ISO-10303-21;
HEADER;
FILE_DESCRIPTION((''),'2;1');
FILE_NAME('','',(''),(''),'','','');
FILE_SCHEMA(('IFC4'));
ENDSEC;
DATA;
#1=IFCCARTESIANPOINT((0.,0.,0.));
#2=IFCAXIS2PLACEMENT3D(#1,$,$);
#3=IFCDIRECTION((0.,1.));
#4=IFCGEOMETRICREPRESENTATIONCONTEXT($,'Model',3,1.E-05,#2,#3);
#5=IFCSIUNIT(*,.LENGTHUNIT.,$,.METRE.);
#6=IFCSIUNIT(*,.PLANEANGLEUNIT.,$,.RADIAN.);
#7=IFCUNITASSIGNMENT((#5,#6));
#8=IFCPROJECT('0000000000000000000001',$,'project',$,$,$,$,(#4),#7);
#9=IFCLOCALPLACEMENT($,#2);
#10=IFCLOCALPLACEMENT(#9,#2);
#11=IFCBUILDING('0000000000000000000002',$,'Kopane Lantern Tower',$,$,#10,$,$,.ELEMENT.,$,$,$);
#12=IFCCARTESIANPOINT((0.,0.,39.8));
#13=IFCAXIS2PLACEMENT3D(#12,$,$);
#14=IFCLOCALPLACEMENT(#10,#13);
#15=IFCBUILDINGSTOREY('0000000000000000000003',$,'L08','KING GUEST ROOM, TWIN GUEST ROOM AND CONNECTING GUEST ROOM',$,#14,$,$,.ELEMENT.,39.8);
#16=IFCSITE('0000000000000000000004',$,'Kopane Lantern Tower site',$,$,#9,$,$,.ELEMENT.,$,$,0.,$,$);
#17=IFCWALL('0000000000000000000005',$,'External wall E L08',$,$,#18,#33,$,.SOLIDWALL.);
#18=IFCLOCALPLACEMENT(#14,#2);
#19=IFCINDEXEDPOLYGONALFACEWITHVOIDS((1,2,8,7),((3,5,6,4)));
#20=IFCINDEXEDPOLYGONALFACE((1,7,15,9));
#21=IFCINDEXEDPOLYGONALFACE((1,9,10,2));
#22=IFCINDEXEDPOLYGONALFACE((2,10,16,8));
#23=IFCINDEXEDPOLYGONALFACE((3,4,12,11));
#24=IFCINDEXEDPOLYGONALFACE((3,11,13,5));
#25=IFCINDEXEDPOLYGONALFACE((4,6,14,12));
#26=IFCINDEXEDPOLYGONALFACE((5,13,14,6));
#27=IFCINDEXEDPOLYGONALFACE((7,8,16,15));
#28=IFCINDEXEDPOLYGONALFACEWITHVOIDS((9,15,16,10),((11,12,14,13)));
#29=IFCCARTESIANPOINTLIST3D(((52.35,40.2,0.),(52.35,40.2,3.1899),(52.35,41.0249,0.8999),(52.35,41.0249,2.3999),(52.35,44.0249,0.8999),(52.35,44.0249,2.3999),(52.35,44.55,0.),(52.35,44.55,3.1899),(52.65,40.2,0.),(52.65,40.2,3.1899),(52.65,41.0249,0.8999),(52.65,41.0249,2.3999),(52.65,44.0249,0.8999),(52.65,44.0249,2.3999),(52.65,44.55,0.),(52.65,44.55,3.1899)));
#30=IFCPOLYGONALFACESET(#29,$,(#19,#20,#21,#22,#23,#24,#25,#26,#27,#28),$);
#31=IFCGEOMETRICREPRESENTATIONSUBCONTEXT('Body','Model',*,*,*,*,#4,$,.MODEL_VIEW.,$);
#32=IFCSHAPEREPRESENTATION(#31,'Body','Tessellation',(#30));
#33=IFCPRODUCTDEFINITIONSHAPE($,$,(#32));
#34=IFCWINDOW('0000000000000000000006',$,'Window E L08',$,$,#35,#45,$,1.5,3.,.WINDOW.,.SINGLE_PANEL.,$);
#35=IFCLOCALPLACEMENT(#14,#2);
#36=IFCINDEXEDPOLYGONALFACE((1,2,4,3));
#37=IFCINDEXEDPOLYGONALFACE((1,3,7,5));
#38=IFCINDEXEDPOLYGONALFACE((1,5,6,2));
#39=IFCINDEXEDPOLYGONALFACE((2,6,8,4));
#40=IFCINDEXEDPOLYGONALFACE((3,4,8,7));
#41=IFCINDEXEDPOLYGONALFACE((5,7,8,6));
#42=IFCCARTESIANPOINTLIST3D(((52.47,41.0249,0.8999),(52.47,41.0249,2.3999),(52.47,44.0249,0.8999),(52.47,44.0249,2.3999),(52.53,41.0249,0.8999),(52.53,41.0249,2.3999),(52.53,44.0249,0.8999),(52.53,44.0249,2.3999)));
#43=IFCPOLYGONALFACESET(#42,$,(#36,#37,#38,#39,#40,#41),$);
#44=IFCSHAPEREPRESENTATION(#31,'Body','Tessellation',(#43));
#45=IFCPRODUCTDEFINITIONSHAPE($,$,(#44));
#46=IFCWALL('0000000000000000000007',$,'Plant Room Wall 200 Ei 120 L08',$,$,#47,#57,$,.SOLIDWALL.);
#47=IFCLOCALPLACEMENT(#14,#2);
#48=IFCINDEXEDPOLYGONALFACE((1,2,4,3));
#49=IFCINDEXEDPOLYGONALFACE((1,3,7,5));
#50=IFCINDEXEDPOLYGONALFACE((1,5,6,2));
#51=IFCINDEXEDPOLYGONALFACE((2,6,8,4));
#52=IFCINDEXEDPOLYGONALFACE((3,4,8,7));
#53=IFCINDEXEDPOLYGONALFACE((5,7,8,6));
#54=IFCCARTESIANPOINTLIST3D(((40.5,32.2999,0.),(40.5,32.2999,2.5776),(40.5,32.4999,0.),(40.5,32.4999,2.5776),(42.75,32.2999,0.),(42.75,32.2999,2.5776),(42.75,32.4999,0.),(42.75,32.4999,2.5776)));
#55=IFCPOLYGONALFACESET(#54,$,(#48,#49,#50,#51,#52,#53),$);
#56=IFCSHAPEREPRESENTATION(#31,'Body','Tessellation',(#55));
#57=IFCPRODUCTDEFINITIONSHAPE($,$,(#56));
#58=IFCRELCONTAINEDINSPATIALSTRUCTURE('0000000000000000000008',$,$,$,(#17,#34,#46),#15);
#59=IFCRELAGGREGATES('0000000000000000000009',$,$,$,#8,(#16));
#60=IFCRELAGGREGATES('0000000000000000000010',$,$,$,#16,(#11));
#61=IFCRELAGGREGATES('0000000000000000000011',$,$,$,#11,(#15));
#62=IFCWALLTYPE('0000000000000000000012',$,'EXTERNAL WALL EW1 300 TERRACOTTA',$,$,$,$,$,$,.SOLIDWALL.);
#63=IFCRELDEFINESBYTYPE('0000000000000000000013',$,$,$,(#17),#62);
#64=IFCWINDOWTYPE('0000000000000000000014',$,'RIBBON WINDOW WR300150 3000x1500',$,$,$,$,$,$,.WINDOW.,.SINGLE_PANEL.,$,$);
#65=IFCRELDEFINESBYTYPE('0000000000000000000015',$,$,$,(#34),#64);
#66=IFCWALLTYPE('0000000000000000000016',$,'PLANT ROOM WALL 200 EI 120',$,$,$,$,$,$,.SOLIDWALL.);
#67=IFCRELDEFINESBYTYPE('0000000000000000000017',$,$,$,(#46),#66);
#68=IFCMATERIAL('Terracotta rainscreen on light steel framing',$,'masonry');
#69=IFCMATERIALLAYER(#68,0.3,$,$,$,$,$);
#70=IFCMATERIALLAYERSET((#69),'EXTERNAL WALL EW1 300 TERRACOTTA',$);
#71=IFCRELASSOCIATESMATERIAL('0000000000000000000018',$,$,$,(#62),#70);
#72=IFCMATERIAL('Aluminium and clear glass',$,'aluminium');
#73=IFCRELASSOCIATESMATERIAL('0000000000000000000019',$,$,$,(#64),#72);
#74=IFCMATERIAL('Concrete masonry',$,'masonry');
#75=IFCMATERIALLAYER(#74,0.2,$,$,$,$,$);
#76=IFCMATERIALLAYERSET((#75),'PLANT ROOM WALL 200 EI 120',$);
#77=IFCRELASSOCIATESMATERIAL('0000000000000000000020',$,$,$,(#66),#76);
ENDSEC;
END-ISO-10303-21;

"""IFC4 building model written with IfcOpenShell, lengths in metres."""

from ifc_helpers import new_model, si_unit, direction, frame, frame_2d, origin, place, context, subcontext, project, spatial, rectangle, extrude, material, layer, layer_set, type_object, element, fill, save


model = new_model("IFC4")

# Units and contexts
model_context = context("Model", 3, precision=1e-05, world=origin(), true_north=direction((0.0, 1.0)))
body_context = subcontext(model_context, "Body", "Model", "MODEL_VIEW")
ifc_project = project(units=[si_unit("LENGTHUNIT", "METRE"), si_unit("PLANEANGLEUNIT", "RADIAN")], contexts=[model_context])

# Site, building, storey
site_placement = place(None, origin())
site = spatial("IfcSite", under=ifc_project, at=site_placement, Name="Kopane Lantern Tower site", CompositionType="ELEMENT", RefElevation=0.0)
building_placement = place(site_placement, origin())
building = spatial("IfcBuilding", under=site, at=building_placement, Name="Kopane Lantern Tower", CompositionType="ELEMENT")
storey_placement = place(building_placement, frame((0.0, 0.0, 39.8)))
storey = spatial("IfcBuildingStorey", under=building, at=storey_placement, Name="L08", Description="KING GUEST ROOM, TWIN GUEST ROOM AND CONNECTING GUEST ROOM", CompositionType="ELEMENT", Elevation=39.8)

# Wall, opening, window
ifc_material_1 = material(Name="Terracotta rainscreen on light steel framing", Category="masonry")
ifc_layer_1 = layer(ifc_material_1, 0.3)
ifc_layer_set_1 = layer_set([ifc_layer_1], Name="EXTERNAL WALL EW1 300 TERRACOTTA")
wall_type_1 = type_object("IfcWallType", Name="EXTERNAL WALL EW1 300 TERRACOTTA", PredefinedType="SOLIDWALL", material=ifc_layer_set_1)
ifc_material_2 = material(Name="Aluminium and clear glass", Category="aluminium")
window_type = type_object("IfcWindowType", Name="RIBBON WINDOW WR300150 3000x1500", PartitioningType="SINGLE_PANEL", PredefinedType="WINDOW", material=ifc_material_2)
wall_1_placement = place(storey_placement, frame((52.5, 40.2, 0.0), z_axis=(0.0, 0.0, 1.0), x_axis=(0.0, 1.0, 0.0)))
wall_1 = element("IfcWall", 1, at=wall_1_placement, inside=storey, type_object=wall_type_1, Name="External wall E L08", PredefinedType="SOLIDWALL", context=body_context, shape_type="SweptSolid", body=[
    extrude(rectangle(XDim=4.3501, YDim=0.3, at=frame_2d((2.175, 0.0))), origin(), (0.0, 0.0, 1.0), 3.1899),
])
opening_1_placement = place(wall_1_placement, frame((0.825, 0.0, 0.8999)))
opening_1 = element("IfcOpeningElement", 2, at=opening_1_placement, cuts=wall_1, PredefinedType="OPENING", context=body_context, shape_type="SweptSolid", body=[
    extrude(rectangle(XDim=3.0, YDim=1.5, at=frame_2d((1.5, 0.75))), frame((0.0, 0.1599, 0.0), z_axis=(0.0, -1.0, 0.0), x_axis=(1.0, 0.0, 0.0)), (0.0, 0.0, 1.0), 0.3201),
])
window_1_placement = place(opening_1_placement, origin())
window_1 = element("IfcWindow", 3, at=window_1_placement, inside=storey, type_object=window_type, Name="Window E L08", OverallHeight=1.5, OverallWidth=3.0, PartitioningType="SINGLE_PANEL", PredefinedType="WINDOW", context=body_context, shape_type="SweptSolid", body=[
    extrude(rectangle(XDim=3.0, YDim=1.5, at=frame_2d((1.5, 0.75))), frame((0.0, 0.03, 0.0), z_axis=(0.0, -1.0, 0.0), x_axis=(1.0, 0.0, 0.0)), (0.0, 0.0, 1.0), 0.0601),
])
fill(opening_1, window_1)

# Wall
ifc_material_3 = material(Name="Concrete masonry", Category="masonry")
ifc_layer_2 = layer(ifc_material_3, 0.2)
ifc_layer_set_2 = layer_set([ifc_layer_2], Name="PLANT ROOM WALL 200 EI 120")
wall_type_2 = type_object("IfcWallType", Name="PLANT ROOM WALL 200 EI 120", PredefinedType="SOLIDWALL", material=ifc_layer_set_2)
wall_2_placement = place(storey_placement, frame((40.5, 32.3999, 0.0), z_axis=(0.0, 0.0, 1.0), x_axis=(1.0, 0.0, 0.0)))
element("IfcWall", 4, at=wall_2_placement, inside=storey, type_object=wall_type_2, Name="Plant Room Wall 200 Ei 120 L08", PredefinedType="SOLIDWALL", context=body_context, shape_type="SweptSolid", body=[
    extrude(rectangle(XDim=2.25, YDim=0.2, at=frame_2d((1.125, 0.0))), origin(), (0.0, 0.0, 1.0), 2.5776),
])

save(model, "model.ifc")
